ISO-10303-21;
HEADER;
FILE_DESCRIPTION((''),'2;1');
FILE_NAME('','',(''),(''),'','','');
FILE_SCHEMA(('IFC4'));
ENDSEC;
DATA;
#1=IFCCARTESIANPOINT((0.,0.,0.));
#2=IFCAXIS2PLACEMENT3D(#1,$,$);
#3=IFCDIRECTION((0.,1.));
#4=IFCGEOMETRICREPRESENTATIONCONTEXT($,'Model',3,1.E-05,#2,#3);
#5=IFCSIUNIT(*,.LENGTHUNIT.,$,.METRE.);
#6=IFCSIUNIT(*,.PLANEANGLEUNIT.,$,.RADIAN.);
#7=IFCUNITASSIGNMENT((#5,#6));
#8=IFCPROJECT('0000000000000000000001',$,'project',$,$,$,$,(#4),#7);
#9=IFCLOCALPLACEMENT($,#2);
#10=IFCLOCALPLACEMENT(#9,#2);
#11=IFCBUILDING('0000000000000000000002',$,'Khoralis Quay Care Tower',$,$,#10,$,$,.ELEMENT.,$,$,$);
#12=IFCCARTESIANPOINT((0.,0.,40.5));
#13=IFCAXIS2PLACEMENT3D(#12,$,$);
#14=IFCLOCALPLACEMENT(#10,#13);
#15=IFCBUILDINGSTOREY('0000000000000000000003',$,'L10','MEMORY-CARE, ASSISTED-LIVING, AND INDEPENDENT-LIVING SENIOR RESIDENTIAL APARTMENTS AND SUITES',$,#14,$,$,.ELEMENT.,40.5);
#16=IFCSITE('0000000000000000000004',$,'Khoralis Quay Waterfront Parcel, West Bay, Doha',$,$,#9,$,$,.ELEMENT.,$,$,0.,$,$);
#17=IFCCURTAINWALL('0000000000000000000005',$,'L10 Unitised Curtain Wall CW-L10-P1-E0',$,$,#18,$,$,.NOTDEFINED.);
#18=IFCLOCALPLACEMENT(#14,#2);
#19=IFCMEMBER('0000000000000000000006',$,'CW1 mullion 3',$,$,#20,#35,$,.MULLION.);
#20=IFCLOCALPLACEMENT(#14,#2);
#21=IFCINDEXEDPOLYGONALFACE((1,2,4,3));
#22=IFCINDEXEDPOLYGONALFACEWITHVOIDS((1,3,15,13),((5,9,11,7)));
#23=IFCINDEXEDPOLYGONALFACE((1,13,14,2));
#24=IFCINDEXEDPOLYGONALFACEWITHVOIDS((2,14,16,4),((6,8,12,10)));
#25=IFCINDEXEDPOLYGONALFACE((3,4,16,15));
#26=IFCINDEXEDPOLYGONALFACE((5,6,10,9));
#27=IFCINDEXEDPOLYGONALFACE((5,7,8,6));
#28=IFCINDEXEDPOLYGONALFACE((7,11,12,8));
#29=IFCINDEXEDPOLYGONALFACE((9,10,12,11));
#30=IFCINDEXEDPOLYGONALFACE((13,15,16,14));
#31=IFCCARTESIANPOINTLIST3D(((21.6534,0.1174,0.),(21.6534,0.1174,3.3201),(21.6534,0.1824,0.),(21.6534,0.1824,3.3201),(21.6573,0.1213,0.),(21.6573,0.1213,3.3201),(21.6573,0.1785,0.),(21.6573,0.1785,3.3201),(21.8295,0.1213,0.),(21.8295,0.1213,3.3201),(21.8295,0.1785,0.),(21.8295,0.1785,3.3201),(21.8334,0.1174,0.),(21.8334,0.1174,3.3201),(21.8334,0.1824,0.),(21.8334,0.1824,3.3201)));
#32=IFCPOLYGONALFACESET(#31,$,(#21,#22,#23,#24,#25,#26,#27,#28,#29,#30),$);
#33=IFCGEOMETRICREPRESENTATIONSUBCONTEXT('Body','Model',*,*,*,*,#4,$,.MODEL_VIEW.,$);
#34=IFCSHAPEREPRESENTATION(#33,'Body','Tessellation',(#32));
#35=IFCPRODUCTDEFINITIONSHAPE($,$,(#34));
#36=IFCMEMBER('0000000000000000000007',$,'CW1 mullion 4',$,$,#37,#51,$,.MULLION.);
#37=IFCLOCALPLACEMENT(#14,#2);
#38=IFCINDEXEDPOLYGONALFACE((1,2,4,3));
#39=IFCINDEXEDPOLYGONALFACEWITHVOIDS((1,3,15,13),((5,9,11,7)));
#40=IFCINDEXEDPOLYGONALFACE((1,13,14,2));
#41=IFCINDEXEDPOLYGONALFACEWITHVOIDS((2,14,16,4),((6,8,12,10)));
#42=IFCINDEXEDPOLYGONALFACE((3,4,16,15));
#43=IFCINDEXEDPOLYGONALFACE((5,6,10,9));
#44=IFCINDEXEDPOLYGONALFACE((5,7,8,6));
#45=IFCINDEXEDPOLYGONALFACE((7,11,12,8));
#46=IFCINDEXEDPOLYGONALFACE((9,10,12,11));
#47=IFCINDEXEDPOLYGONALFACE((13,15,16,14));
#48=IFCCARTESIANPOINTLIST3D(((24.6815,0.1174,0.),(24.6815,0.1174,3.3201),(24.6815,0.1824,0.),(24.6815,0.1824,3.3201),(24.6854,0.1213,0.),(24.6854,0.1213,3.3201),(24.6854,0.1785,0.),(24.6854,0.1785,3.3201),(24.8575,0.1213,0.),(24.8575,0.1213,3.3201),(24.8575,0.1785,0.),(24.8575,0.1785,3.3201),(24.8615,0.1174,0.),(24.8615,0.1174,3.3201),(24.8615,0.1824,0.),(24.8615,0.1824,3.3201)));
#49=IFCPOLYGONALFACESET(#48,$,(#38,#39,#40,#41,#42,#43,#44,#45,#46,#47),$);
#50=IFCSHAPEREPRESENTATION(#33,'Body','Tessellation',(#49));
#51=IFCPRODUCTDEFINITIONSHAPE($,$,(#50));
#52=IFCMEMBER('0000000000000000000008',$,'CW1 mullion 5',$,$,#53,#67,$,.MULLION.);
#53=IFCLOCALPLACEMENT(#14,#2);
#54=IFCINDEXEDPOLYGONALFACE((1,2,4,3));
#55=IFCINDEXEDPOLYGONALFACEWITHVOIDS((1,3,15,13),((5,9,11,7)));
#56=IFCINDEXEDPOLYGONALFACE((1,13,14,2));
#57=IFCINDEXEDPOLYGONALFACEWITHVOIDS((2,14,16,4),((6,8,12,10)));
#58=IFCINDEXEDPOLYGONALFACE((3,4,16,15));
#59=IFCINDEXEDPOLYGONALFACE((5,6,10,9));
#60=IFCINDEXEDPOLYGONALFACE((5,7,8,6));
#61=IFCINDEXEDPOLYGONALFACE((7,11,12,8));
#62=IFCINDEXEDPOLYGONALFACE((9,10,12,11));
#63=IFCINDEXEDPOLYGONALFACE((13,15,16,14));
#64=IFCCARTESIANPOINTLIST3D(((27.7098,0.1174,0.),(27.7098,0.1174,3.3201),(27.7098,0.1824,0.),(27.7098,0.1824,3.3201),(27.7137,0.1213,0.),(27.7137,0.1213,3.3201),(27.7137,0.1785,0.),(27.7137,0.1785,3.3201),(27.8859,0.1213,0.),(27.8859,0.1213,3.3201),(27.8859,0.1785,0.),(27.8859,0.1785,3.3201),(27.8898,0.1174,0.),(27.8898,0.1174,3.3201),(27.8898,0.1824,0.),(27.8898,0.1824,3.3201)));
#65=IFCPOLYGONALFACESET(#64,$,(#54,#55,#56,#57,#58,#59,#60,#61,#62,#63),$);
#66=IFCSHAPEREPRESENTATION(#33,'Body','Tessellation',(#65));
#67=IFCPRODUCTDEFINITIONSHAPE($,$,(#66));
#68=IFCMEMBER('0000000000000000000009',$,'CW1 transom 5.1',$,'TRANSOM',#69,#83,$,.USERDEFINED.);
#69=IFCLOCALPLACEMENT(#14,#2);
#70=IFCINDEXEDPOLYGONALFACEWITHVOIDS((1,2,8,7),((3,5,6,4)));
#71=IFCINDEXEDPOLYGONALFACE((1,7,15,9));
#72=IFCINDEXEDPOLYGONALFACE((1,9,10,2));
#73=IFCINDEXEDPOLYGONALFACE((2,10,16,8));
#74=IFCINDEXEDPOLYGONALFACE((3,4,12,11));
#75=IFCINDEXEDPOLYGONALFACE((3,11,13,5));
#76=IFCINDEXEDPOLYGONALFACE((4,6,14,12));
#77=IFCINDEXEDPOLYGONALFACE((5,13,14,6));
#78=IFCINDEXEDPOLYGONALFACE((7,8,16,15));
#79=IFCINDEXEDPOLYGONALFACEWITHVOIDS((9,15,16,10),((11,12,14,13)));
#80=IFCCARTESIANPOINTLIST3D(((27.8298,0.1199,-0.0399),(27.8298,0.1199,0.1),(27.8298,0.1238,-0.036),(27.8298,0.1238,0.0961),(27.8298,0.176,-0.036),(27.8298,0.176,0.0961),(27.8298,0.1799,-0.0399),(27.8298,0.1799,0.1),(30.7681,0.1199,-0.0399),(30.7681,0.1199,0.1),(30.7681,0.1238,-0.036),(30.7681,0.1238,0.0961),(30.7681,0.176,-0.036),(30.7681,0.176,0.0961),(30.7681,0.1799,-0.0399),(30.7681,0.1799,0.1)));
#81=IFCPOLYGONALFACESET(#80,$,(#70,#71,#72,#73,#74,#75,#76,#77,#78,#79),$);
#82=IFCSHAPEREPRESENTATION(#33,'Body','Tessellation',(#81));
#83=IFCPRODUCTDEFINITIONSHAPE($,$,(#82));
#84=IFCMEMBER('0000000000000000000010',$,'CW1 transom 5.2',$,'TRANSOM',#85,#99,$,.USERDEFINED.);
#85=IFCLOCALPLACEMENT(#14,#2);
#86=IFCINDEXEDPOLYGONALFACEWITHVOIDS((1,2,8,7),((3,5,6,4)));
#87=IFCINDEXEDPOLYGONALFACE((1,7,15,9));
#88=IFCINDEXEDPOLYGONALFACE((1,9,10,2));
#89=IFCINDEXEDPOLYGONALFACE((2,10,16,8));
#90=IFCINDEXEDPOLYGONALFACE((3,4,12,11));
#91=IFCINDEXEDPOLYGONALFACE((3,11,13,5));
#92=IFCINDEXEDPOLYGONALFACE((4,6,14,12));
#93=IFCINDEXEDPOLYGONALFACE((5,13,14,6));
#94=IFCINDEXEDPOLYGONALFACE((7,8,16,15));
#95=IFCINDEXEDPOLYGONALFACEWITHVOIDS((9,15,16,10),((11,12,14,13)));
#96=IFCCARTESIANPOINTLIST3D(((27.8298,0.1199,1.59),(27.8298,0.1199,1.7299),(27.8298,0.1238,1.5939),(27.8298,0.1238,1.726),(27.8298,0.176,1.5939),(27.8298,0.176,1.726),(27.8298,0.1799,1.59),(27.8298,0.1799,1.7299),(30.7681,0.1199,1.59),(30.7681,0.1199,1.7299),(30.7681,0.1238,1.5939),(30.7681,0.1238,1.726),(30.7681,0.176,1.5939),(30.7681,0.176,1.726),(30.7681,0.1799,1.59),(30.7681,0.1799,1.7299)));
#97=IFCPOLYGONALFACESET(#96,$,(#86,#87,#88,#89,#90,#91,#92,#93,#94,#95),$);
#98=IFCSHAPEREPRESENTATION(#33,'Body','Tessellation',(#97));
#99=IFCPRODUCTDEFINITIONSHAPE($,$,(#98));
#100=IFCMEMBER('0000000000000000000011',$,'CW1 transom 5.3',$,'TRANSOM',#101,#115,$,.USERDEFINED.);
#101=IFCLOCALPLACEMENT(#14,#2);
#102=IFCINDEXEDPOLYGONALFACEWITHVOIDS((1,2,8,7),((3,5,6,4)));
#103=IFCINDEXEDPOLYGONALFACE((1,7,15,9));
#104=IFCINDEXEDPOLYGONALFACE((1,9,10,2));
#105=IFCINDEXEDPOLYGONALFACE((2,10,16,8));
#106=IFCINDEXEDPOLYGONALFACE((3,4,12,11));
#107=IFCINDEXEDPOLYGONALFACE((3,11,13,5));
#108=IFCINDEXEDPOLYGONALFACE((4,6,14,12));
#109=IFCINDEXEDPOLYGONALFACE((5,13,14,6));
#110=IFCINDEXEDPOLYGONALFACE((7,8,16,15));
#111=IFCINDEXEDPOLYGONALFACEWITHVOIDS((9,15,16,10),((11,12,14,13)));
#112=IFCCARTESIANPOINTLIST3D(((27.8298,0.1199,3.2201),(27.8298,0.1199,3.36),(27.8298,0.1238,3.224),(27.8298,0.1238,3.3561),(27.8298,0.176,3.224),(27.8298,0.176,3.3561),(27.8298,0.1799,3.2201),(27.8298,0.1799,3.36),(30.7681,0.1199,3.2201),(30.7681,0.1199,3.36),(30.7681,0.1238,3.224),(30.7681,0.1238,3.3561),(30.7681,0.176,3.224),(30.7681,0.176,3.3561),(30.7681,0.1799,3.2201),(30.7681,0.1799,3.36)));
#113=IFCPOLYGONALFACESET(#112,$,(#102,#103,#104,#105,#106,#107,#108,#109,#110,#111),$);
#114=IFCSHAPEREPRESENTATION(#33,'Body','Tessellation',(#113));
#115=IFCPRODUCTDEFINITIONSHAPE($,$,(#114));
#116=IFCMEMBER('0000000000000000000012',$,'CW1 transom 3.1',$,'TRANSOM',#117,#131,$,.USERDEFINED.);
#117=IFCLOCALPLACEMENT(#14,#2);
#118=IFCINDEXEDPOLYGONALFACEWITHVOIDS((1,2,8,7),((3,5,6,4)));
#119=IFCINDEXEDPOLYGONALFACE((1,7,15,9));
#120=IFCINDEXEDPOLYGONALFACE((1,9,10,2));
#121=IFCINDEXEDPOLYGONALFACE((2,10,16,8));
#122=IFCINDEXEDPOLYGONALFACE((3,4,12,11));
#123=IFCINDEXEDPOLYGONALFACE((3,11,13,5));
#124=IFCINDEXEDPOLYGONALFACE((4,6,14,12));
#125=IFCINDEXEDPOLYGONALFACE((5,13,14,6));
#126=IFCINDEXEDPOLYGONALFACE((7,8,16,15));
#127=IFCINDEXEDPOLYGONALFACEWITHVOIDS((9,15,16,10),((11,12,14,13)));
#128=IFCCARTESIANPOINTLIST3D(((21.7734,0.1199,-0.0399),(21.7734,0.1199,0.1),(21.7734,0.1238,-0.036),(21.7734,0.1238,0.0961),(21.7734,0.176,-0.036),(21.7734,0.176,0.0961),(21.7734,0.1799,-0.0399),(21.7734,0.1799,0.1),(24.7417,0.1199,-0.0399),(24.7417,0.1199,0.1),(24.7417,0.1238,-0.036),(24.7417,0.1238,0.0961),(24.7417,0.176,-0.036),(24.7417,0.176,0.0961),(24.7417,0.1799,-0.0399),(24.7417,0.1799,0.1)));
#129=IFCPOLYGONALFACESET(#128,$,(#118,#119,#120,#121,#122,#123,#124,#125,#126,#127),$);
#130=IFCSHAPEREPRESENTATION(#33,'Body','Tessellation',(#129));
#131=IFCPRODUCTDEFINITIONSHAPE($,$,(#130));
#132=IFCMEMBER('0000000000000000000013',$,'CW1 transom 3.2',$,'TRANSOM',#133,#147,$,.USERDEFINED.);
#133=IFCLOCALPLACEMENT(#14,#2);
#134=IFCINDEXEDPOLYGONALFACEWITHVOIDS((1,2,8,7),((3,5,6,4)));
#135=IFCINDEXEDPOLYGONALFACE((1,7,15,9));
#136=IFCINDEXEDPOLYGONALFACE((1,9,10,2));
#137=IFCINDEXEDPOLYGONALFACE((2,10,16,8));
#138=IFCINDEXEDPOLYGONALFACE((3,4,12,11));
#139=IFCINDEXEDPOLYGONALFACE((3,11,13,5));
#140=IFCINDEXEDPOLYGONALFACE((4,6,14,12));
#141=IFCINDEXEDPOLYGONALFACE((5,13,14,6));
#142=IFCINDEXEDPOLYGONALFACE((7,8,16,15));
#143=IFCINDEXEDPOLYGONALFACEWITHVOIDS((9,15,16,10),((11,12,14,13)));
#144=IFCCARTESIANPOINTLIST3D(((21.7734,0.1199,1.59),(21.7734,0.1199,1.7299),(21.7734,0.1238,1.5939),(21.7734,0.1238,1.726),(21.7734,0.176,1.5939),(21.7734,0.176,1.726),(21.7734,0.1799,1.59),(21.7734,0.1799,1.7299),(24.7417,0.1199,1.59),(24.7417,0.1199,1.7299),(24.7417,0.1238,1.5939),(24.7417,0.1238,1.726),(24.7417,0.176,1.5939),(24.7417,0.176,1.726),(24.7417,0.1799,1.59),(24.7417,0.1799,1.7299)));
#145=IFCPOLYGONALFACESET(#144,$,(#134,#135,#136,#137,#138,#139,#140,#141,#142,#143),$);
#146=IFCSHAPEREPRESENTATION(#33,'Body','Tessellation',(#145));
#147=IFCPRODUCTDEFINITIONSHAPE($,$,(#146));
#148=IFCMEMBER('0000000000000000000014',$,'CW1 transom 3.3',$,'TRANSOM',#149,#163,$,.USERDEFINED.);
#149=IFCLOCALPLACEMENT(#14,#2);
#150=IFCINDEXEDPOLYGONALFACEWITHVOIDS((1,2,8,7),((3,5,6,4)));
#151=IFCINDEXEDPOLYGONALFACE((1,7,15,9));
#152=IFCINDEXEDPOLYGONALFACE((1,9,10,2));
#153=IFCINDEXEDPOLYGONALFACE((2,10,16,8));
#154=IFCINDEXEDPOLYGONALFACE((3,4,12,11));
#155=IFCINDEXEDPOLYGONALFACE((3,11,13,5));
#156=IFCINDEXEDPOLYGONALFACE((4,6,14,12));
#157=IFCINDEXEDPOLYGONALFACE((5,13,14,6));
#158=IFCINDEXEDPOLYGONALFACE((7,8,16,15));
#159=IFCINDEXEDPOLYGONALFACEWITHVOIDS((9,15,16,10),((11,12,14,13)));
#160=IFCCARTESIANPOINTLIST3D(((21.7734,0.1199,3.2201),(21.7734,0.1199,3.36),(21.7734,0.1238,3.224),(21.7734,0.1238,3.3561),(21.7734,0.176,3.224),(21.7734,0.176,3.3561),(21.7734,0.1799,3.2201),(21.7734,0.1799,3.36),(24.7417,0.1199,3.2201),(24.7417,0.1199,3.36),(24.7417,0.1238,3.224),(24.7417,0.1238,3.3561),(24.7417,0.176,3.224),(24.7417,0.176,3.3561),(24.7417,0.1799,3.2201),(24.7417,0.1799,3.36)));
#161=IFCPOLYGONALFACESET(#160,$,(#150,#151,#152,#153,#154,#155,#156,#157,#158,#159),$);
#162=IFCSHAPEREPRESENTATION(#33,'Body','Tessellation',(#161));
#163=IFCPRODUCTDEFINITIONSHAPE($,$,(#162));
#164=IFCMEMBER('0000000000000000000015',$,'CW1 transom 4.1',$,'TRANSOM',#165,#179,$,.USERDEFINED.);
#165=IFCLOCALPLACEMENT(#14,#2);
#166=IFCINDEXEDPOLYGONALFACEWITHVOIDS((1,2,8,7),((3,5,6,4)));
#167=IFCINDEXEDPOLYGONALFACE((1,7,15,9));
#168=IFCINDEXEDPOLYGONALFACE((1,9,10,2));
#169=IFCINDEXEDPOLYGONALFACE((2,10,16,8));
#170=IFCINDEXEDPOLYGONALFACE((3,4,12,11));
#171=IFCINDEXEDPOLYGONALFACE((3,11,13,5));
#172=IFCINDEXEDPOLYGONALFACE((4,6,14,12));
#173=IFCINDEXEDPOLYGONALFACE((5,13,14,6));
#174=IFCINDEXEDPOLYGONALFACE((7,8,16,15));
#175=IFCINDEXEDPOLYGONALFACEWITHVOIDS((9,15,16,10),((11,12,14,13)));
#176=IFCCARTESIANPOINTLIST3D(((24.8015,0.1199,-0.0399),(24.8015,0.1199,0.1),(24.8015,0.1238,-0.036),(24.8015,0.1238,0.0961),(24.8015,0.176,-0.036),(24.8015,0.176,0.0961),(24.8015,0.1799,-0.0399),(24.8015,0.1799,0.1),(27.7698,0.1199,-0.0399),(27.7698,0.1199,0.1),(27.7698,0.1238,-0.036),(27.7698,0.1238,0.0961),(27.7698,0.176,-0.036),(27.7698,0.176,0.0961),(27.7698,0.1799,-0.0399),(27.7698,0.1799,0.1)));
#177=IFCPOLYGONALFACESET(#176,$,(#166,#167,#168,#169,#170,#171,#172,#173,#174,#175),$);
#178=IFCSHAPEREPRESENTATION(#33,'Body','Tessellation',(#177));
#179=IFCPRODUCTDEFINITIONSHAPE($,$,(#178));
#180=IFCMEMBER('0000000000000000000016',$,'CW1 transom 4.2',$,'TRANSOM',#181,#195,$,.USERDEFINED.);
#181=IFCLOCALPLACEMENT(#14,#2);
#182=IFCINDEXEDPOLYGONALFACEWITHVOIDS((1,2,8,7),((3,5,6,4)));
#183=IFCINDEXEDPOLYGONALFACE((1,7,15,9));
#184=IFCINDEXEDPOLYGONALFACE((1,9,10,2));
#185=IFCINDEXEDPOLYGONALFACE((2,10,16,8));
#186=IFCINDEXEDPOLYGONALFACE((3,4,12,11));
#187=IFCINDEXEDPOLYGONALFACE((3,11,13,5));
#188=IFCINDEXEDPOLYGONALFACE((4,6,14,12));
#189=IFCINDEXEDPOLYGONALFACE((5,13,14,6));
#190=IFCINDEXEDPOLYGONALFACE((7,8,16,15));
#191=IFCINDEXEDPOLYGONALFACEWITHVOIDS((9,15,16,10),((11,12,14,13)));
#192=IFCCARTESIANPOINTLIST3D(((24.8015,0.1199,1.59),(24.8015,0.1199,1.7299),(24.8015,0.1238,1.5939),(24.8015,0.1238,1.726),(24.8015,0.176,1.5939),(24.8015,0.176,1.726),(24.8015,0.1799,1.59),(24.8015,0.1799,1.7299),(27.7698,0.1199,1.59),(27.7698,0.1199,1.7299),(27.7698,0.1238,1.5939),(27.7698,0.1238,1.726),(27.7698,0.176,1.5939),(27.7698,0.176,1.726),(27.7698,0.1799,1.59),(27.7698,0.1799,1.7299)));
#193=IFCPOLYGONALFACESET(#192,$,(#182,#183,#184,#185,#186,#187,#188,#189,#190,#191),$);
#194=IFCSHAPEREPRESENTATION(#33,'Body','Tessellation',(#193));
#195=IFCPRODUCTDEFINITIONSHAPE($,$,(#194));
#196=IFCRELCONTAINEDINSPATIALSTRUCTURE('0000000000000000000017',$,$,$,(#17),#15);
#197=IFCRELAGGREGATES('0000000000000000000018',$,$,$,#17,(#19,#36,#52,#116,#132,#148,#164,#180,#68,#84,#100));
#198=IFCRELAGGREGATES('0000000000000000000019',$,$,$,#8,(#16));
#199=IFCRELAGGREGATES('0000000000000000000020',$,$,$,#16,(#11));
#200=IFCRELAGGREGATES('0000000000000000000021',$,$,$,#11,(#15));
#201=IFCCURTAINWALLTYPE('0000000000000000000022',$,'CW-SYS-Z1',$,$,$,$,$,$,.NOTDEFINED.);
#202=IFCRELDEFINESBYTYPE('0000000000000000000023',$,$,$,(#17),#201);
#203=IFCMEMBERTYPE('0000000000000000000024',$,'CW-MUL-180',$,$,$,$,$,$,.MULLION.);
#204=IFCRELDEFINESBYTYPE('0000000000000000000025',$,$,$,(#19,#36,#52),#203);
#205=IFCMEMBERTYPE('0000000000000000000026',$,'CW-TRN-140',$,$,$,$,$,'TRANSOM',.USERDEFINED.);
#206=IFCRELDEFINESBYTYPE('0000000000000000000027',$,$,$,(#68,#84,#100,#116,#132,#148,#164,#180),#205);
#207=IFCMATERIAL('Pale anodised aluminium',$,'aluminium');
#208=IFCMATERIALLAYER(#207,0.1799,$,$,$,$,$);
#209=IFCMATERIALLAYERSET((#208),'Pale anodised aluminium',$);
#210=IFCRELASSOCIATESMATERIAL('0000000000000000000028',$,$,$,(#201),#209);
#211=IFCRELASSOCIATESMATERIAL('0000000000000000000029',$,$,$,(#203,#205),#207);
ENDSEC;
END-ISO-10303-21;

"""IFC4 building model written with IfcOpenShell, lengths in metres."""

from ifc_helpers import new_model, si_unit, direction, frame, origin, origin_2d, place, context, subcontext, project, spatial, hollow_rectangle, extrude, source, transform, mapped, material, layer, layer_set, material_profile, profile_set, type_object, element, aggregate, save


model = new_model("IFC4")

# Units and contexts
model_context = context("Model", 3, precision=1e-05, world=origin(), true_north=direction((0.0, 1.0)))
body_context = subcontext(model_context, "Body", "Model", "MODEL_VIEW")
ifc_project = project(units=[si_unit("LENGTHUNIT", "METRE"), si_unit("PLANEANGLEUNIT", "RADIAN")], contexts=[model_context])

# Site, building, storey
site_placement = place(None, origin())
site = spatial("IfcSite", under=ifc_project, at=site_placement, Name="Khoralis Quay Waterfront Parcel, West Bay, Doha", CompositionType="ELEMENT", RefElevation=0.0)
building_placement = place(site_placement, origin())
building = spatial("IfcBuilding", under=site, at=building_placement, Name="Khoralis Quay Care Tower", CompositionType="ELEMENT")
storey_placement = place(building_placement, frame((0.0, 0.0, 40.5)))
storey = spatial("IfcBuildingStorey", under=building, at=storey_placement, Name="L10", Description="MEMORY-CARE, ASSISTED-LIVING, AND INDEPENDENT-LIVING SENIOR RESIDENTIAL APARTMENTS AND SUITES", CompositionType="ELEMENT", Elevation=40.5)

# Curtain wall, members
ifc_material_1 = material(Name="Pale anodised aluminium", Category="aluminium")
ifc_layer_1 = layer(ifc_material_1, 0.1799)
ifc_layer_set_1 = layer_set([ifc_layer_1], Name="Pale anodised aluminium")
curtain_wall_type = type_object("IfcCurtainWallType", Name="CW-SYS-Z1", PredefinedType="NOTDEFINED", material=ifc_layer_set_1)
curtain_wall_placement = place(storey_placement, origin())
curtain_wall = element("IfcCurtainWall", 1, at=curtain_wall_placement, inside=storey, type_object=curtain_wall_type, Name="L10 Unitised Curtain Wall CW-L10-P1-E0", PredefinedType="NOTDEFINED")
ifc_material_profile_1 = material_profile(ifc_material_1, hollow_rectangle(XDim=0.0649, YDim=0.1799, WallThickness=0.0039, at=origin_2d()), Name="Pale anodised aluminium")
ifc_profile_set_1 = profile_set([ifc_material_profile_1], Name="Pale anodised aluminium")
member_type_1 = type_object("IfcMemberType", Name="CW-MUL-180", PredefinedType="MULLION", material=ifc_profile_set_1)
shared_shape_1 = source(origin(), body_context, "Body", "SweptSolid", [
    extrude(hollow_rectangle(XDim=0.0649, YDim=0.1799, WallThickness=0.0039, at=origin_2d()), origin(), (0.0, 0.0, 1.0), 3.3201),
])
member_1_placement = place(storey_placement, frame((21.7434, 0.1499, 0.0), z_axis=(0.0, 0.0, 1.0), x_axis=(0.0, 1.0, 0.0)))
member_1 = element("IfcMember", 2, at=member_1_placement, type_object=member_type_1, Name="CW1 mullion 3", PredefinedType="MULLION", context=body_context, shape_type="MappedRepresentation", body=[
    mapped(shared_shape_1, transform((0.0, 0.0, 0.0), scale=1.0)),
])
member_2_placement = place(storey_placement, frame((24.7715, 0.1499, 0.0), z_axis=(0.0, 0.0, 1.0), x_axis=(0.0, 1.0, 0.0)))
member_2 = element("IfcMember", 3, at=member_2_placement, type_object=member_type_1, Name="CW1 mullion 4", PredefinedType="MULLION", context=body_context, shape_type="MappedRepresentation", body=[
    mapped(shared_shape_1, transform((0.0, 0.0, 0.0), scale=1.0)),
])
member_3_placement = place(storey_placement, frame((27.7998, 0.1499, 0.0), z_axis=(0.0, 0.0, 1.0), x_axis=(0.0, 1.0, 0.0)))
member_3 = element("IfcMember", 4, at=member_3_placement, type_object=member_type_1, Name="CW1 mullion 5", PredefinedType="MULLION", context=body_context, shape_type="MappedRepresentation", body=[
    mapped(shared_shape_1, transform((0.0, 0.0, 0.0), scale=1.0)),
])
ifc_material_profile_2 = material_profile(ifc_material_1, hollow_rectangle(XDim=0.0601, YDim=0.1399, WallThickness=0.0039, at=origin_2d()), Name="Pale anodised aluminium")
ifc_profile_set_2 = profile_set([ifc_material_profile_2], Name="Pale anodised aluminium")
member_type_2 = type_object("IfcMemberType", Name="CW-TRN-140", ElementType="TRANSOM", PredefinedType="USERDEFINED", material=ifc_profile_set_2)
shared_shape_2 = source(origin(), body_context, "Body", "SweptSolid", [
    extrude(hollow_rectangle(XDim=0.0601, YDim=0.1399, WallThickness=0.0039, at=origin_2d()), origin(), (0.0, 0.0, 1.0), 2.9382),
])
member_4_placement = place(storey_placement, frame((27.8298, 0.1499, 0.03), z_axis=(1.0, 0.0, 0.0), x_axis=(0.0, 1.0, 0.0)))
member_4 = element("IfcMember", 5, at=member_4_placement, type_object=member_type_2, Name="CW1 transom 5.1", ObjectType="TRANSOM", PredefinedType="USERDEFINED", context=body_context, shape_type="MappedRepresentation", body=[
    mapped(shared_shape_2, transform((0.0, 0.0, 0.0), scale=1.0)),
])
member_5_placement = place(storey_placement, frame((27.8298, 0.1499, 1.6599), z_axis=(1.0, 0.0, 0.0), x_axis=(0.0, 1.0, 0.0)))
member_5 = element("IfcMember", 6, at=member_5_placement, type_object=member_type_2, Name="CW1 transom 5.2", ObjectType="TRANSOM", PredefinedType="USERDEFINED", context=body_context, shape_type="MappedRepresentation", body=[
    mapped(shared_shape_2, transform((0.0, 0.0, 0.0), scale=1.0)),
])
member_6_placement = place(storey_placement, frame((27.8298, 0.1499, 3.29), z_axis=(1.0, 0.0, 0.0), x_axis=(0.0, 1.0, 0.0)))
member_6 = element("IfcMember", 7, at=member_6_placement, type_object=member_type_2, Name="CW1 transom 5.3", ObjectType="TRANSOM", PredefinedType="USERDEFINED", context=body_context, shape_type="MappedRepresentation", body=[
    mapped(shared_shape_2, transform((0.0, 0.0, 0.0), scale=1.0)),
])
shared_shape_3 = source(origin(), body_context, "Body", "SweptSolid", [
    extrude(hollow_rectangle(XDim=0.0601, YDim=0.1399, WallThickness=0.0039, at=origin_2d()), origin(), (0.0, 0.0, 1.0), 2.9683),
])
member_7_placement = place(storey_placement, frame((21.7734, 0.1499, 0.03), z_axis=(1.0, 0.0, 0.0), x_axis=(0.0, 1.0, 0.0)))
member_7 = element("IfcMember", 8, at=member_7_placement, type_object=member_type_2, Name="CW1 transom 3.1", ObjectType="TRANSOM", PredefinedType="USERDEFINED", context=body_context, shape_type="MappedRepresentation", body=[
    mapped(shared_shape_3, transform((0.0, 0.0, 0.0), scale=1.0)),
])
member_8_placement = place(storey_placement, frame((21.7734, 0.1499, 1.6599), z_axis=(1.0, 0.0, 0.0), x_axis=(0.0, 1.0, 0.0)))
member_8 = element("IfcMember", 9, at=member_8_placement, type_object=member_type_2, Name="CW1 transom 3.2", ObjectType="TRANSOM", PredefinedType="USERDEFINED", context=body_context, shape_type="MappedRepresentation", body=[
    mapped(shared_shape_3, transform((0.0, 0.0, 0.0), scale=1.0)),
])
member_9_placement = place(storey_placement, frame((21.7734, 0.1499, 3.29), z_axis=(1.0, 0.0, 0.0), x_axis=(0.0, 1.0, 0.0)))
member_9 = element("IfcMember", 10, at=member_9_placement, type_object=member_type_2, Name="CW1 transom 3.3", ObjectType="TRANSOM", PredefinedType="USERDEFINED", context=body_context, shape_type="MappedRepresentation", body=[
    mapped(shared_shape_3, transform((0.0, 0.0, 0.0), scale=1.0)),
])
member_10_placement = place(storey_placement, frame((24.8015, 0.1499, 0.03), z_axis=(1.0, 0.0, 0.0), x_axis=(0.0, 1.0, 0.0)))
member_10 = element("IfcMember", 11, at=member_10_placement, type_object=member_type_2, Name="CW1 transom 4.1", ObjectType="TRANSOM", PredefinedType="USERDEFINED", context=body_context, shape_type="MappedRepresentation", body=[
    mapped(shared_shape_3, transform((0.0, 0.0, 0.0), scale=1.0)),
])
member_11_placement = place(storey_placement, frame((24.8015, 0.1499, 1.6599), z_axis=(1.0, 0.0, 0.0), x_axis=(0.0, 1.0, 0.0)))
member_11 = element("IfcMember", 12, at=member_11_placement, type_object=member_type_2, Name="CW1 transom 4.2", ObjectType="TRANSOM", PredefinedType="USERDEFINED", context=body_context, shape_type="MappedRepresentation", body=[
    mapped(shared_shape_3, transform((0.0, 0.0, 0.0), scale=1.0)),
])
aggregate(curtain_wall, [member_1, member_2, member_3, member_7, member_8, member_9, member_10, member_11, member_4, member_5, member_6])

save(model, "model.ifc")
